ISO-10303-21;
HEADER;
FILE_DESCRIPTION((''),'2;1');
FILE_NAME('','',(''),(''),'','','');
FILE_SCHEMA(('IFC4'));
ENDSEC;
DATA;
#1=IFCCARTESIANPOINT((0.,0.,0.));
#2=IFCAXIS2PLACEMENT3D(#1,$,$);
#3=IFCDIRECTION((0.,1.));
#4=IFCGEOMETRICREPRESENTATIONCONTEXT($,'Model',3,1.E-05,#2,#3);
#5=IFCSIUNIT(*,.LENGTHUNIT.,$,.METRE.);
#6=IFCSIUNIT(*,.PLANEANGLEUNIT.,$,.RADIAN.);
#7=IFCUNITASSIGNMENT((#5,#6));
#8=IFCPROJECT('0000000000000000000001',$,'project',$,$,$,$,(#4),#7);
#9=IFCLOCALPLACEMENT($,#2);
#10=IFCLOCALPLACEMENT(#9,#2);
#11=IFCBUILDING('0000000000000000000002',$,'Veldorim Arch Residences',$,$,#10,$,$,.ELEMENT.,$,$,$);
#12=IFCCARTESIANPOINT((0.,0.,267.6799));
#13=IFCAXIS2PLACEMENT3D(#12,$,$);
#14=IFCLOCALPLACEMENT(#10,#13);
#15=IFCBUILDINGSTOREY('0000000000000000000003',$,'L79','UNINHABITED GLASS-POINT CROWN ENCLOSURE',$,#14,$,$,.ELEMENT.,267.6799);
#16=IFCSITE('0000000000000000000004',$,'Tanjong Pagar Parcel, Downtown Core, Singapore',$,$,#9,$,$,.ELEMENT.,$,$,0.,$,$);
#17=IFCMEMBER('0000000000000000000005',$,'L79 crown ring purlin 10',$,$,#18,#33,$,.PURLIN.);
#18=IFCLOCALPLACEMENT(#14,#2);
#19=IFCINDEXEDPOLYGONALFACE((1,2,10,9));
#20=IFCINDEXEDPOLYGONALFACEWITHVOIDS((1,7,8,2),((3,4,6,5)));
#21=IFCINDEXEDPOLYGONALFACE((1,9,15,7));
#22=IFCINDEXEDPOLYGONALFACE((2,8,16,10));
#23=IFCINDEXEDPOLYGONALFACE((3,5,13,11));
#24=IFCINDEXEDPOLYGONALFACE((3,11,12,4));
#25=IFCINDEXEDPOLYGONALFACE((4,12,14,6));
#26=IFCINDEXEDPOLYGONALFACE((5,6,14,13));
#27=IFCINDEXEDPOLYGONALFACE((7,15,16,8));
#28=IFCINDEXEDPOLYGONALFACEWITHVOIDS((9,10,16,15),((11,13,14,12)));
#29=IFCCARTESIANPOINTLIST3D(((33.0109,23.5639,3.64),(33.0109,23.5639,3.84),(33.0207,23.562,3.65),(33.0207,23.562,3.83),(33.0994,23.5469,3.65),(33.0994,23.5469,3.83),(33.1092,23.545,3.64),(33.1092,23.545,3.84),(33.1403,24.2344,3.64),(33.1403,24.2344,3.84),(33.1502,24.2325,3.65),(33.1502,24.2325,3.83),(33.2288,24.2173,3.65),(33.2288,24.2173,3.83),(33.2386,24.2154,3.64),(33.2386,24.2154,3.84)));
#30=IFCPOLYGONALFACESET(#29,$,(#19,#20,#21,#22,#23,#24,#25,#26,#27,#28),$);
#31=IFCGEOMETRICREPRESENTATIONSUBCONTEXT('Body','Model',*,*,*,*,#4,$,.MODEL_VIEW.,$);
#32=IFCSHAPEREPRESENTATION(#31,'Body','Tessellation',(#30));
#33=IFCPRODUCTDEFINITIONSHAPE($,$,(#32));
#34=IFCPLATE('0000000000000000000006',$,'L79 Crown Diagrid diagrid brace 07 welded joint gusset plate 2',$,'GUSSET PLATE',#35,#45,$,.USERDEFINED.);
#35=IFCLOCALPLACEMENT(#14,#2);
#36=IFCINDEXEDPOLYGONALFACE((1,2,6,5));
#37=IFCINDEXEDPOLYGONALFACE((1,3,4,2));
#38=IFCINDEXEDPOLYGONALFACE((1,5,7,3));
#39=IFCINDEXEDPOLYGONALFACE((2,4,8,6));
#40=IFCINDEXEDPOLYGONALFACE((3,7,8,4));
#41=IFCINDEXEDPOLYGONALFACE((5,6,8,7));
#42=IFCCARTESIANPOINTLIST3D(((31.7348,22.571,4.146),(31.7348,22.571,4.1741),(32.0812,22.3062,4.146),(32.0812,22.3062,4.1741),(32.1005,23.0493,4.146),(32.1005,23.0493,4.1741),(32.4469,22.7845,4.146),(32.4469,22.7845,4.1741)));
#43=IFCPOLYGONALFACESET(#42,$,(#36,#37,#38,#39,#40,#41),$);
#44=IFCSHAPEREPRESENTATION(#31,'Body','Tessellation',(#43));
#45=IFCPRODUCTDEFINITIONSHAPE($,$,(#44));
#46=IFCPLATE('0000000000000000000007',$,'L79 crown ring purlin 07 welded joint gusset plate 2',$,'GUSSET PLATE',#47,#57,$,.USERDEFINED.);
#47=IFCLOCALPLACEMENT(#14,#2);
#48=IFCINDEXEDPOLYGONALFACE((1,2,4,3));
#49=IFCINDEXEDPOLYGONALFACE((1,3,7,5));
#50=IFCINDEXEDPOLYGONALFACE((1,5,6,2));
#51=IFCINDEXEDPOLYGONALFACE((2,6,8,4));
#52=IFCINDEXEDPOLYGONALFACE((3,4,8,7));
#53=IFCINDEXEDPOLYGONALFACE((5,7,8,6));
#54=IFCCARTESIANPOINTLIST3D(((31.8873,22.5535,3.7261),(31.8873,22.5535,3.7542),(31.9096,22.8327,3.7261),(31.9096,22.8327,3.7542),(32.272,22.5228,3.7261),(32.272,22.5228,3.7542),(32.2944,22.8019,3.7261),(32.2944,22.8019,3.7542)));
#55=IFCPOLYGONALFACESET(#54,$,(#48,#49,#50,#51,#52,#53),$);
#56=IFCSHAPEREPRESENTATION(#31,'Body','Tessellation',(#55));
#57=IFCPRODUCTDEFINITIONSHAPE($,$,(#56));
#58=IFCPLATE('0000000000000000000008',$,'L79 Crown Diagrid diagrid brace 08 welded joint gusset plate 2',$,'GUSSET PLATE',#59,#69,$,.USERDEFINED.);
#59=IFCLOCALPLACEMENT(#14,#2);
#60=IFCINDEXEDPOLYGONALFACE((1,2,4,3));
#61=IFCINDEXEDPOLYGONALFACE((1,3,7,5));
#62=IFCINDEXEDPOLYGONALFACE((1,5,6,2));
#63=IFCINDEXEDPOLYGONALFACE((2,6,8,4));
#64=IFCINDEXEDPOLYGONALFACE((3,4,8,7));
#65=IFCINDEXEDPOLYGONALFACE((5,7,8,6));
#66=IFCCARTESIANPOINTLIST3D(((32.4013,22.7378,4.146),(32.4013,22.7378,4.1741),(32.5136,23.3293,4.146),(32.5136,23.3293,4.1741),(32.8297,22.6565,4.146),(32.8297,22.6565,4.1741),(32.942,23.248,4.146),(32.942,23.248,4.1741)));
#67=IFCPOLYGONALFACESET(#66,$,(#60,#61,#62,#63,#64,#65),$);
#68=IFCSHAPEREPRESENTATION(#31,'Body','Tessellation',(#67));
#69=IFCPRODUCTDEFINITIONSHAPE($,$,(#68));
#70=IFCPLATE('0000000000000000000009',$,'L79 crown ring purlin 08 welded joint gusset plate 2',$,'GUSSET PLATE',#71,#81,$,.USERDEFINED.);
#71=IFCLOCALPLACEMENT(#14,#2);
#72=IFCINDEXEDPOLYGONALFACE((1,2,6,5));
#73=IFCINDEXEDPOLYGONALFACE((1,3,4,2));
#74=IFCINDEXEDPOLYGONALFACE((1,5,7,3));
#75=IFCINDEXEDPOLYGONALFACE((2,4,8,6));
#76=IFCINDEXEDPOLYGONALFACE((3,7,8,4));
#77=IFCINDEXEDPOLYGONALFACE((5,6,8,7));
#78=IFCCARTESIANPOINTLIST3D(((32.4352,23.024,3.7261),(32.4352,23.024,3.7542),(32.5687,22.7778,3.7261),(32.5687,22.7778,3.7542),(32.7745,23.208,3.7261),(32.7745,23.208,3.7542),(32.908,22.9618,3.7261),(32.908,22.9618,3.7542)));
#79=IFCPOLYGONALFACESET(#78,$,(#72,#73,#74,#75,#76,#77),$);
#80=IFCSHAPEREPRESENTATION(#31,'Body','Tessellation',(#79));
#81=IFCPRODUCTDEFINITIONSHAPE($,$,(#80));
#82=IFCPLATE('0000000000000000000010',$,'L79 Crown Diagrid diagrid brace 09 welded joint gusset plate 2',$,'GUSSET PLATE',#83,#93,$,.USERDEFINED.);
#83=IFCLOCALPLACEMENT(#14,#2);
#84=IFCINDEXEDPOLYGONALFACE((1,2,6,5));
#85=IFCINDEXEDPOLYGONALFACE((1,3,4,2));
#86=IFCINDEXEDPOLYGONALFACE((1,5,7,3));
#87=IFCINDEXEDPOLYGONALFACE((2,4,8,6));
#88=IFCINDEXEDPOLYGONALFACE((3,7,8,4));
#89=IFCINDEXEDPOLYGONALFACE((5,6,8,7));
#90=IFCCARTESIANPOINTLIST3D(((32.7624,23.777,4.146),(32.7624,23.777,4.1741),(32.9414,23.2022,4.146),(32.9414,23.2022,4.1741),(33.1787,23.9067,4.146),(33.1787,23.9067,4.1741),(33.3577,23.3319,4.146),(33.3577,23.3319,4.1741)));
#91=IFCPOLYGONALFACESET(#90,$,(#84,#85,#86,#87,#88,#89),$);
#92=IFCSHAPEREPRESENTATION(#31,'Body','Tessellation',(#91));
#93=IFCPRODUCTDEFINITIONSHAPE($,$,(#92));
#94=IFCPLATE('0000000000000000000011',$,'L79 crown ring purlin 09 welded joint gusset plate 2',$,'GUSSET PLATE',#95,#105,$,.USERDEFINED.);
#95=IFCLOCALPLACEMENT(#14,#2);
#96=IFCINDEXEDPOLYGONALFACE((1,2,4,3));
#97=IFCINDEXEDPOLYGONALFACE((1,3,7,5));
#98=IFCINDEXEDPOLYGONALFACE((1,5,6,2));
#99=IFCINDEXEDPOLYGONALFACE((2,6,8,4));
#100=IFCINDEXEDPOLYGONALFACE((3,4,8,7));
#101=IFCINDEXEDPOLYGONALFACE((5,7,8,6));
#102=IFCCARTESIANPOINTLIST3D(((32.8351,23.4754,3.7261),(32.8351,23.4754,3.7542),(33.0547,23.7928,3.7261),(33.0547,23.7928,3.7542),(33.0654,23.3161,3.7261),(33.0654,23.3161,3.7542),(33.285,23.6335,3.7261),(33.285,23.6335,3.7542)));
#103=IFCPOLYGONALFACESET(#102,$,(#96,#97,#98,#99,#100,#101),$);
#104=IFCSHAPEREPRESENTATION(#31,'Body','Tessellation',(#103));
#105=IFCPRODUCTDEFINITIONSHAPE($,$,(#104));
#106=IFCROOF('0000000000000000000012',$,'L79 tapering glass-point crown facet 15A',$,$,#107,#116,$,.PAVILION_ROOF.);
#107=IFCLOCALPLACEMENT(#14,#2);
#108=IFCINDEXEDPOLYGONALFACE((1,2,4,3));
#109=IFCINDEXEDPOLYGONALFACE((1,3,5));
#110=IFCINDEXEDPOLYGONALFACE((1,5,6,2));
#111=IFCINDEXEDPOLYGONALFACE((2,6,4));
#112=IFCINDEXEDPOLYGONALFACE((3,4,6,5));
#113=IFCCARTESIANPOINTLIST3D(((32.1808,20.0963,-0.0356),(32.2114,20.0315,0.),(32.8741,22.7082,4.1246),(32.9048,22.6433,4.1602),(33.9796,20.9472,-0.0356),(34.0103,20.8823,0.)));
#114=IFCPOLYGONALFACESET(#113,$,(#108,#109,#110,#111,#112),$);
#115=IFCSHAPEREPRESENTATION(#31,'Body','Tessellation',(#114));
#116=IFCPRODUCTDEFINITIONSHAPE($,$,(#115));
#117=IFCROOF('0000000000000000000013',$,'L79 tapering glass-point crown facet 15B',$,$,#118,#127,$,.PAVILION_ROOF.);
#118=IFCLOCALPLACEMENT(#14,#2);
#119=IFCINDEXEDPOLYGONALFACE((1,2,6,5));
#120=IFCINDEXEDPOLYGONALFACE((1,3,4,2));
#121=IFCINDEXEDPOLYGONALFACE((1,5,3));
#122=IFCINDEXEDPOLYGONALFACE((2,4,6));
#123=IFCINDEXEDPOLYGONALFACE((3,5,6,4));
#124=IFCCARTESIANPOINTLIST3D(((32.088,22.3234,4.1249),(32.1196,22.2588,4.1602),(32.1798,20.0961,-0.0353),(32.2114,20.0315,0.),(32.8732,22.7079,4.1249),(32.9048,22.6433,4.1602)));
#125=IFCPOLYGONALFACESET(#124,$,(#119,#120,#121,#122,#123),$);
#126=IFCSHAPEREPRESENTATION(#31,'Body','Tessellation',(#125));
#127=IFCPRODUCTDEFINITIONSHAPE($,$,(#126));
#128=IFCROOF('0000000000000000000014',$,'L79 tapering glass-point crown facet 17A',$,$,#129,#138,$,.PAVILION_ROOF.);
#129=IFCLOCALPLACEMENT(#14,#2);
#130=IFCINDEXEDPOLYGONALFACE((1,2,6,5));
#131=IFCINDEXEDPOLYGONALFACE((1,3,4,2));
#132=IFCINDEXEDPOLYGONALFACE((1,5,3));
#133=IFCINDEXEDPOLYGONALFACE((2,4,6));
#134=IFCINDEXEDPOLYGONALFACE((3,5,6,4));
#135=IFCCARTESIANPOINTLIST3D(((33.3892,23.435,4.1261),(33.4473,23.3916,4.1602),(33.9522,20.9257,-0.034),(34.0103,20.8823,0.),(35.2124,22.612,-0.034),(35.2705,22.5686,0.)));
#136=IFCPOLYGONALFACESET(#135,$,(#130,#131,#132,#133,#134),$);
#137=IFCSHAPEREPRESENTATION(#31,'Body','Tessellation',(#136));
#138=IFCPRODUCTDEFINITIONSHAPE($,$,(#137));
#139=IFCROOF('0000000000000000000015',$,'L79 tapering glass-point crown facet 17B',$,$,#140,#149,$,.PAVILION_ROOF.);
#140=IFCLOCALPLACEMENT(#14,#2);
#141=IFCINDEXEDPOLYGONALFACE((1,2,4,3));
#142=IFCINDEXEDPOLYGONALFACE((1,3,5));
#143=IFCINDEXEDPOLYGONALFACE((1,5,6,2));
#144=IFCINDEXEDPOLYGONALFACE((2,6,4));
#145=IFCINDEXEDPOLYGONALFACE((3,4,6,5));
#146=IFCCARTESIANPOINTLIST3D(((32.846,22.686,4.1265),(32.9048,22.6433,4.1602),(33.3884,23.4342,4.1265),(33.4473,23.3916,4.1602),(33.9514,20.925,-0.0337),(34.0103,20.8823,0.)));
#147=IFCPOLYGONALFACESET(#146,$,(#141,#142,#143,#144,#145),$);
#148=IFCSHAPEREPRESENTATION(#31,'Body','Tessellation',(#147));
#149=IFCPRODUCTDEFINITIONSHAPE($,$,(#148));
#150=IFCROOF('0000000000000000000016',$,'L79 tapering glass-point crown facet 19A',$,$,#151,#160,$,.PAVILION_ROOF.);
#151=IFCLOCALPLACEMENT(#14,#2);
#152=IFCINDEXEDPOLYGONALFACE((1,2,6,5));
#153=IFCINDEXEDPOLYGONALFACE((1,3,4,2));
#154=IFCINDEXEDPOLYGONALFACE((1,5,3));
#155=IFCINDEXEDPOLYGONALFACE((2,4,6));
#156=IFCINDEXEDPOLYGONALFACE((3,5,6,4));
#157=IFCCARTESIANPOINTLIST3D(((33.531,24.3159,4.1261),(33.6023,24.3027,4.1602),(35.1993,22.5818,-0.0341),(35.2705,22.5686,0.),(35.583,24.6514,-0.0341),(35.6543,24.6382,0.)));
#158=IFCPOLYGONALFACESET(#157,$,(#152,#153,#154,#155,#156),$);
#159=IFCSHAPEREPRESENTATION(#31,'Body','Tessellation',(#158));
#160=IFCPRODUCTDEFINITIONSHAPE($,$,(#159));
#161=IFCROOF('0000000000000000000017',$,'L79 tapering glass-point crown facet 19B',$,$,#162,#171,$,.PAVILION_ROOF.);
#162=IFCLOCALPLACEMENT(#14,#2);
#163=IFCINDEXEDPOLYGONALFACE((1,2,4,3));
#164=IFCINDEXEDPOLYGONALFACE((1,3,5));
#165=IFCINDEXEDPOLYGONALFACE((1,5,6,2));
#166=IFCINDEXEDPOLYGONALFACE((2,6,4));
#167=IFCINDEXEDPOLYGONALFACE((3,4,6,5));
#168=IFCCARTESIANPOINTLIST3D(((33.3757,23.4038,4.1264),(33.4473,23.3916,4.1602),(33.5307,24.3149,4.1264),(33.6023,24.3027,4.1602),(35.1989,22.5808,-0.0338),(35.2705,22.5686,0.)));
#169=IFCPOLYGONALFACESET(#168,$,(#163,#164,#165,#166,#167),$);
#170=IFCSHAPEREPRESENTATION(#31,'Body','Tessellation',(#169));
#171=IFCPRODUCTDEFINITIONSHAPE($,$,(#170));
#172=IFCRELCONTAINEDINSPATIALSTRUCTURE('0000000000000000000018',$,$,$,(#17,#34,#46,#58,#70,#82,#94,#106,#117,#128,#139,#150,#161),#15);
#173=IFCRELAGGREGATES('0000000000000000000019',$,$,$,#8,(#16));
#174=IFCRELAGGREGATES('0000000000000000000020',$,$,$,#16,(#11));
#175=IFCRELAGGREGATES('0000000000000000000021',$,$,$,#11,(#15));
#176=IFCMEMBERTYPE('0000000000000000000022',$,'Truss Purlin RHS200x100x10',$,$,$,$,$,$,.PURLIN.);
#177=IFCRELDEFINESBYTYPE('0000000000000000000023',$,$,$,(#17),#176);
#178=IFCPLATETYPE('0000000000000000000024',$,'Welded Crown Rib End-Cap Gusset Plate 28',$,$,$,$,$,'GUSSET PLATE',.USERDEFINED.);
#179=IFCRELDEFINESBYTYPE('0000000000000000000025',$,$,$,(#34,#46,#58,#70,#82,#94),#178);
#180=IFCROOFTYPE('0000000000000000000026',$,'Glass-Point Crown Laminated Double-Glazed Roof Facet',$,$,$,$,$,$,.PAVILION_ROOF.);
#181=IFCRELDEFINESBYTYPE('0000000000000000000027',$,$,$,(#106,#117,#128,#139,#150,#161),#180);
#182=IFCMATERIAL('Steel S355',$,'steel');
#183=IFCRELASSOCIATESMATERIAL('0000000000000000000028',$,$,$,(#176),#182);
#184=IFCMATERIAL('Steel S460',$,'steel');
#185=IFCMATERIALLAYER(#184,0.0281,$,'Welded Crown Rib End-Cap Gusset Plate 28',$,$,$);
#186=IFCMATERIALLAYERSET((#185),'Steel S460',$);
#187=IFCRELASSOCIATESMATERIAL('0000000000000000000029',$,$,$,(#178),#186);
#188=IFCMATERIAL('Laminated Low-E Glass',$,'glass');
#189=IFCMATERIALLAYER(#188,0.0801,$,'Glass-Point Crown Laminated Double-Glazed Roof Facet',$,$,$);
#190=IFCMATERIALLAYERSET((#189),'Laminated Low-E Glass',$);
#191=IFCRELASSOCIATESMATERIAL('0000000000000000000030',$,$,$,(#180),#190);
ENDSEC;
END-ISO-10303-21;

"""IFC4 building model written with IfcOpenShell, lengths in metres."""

from ifc_helpers import new_model, si_unit, direction, frame, origin, origin_2d, place, context, subcontext, project, spatial, polyline, rectangle, hollow_rectangle, outline, extrude, material, layer, layer_set, material_profile, profile_set, type_object, element, save


model = new_model("IFC4")

# Units and contexts
model_context = context("Model", 3, precision=1e-05, world=origin(), true_north=direction((0.0, 1.0)))
body_context = subcontext(model_context, "Body", "Model", "MODEL_VIEW")
ifc_project = project(units=[si_unit("LENGTHUNIT", "METRE"), si_unit("PLANEANGLEUNIT", "RADIAN")], contexts=[model_context])

# Site, building, storey
site_placement = place(None, origin())
site = spatial("IfcSite", under=ifc_project, at=site_placement, Name="Tanjong Pagar Parcel, Downtown Core, Singapore", CompositionType="ELEMENT", RefElevation=0.0)
building_placement = place(site_placement, origin())
building = spatial("IfcBuilding", under=site, at=building_placement, Name="Veldorim Arch Residences", CompositionType="ELEMENT")
storey_placement = place(building_placement, frame((0.0, 0.0, 267.6799)))
storey = spatial("IfcBuildingStorey", under=building, at=storey_placement, Name="L79", Description="UNINHABITED GLASS-POINT CROWN ENCLOSURE", CompositionType="ELEMENT", Elevation=267.6799)

# Member
ifc_material_1 = material(Name="Steel S355", Category="steel")
ifc_material_profile_1 = material_profile(ifc_material_1, hollow_rectangle(XDim=0.1001, YDim=0.2, WallThickness=0.01, at=origin_2d()), Name="RHS200x100x10")
ifc_profile_set_1 = profile_set([ifc_material_profile_1], Name="Steel S355")
member_type_1 = type_object("IfcMemberType", Name="Truss Purlin RHS200x100x10", PredefinedType="PURLIN", material=ifc_profile_set_1)
for number, where, z_axis, x_axis, name in (
    (1, (33.0601, 23.5544, 3.74), (0.18951, 0.981879, 0.0), (-0.981879, 0.18951, 0.0), "L79 crown ring purlin 10"),
):
    element("IfcMember", number, at=place(storey_placement, frame(where, z_axis=z_axis, x_axis=x_axis)), inside=storey, type_object=member_type_1, Name=name, PredefinedType="PURLIN", context=body_context, shape_type="SweptSolid", body=[
        extrude(hollow_rectangle(XDim=0.1001, YDim=0.2, WallThickness=0.01, at=origin_2d()), origin(), (0.0, 0.0, 1.0), 0.6829),
    ])

# Plates
ifc_material_2 = material(Name="Steel S460", Category="steel")
ifc_layer_1 = layer(ifc_material_2, 0.0281, Name="Welded Crown Rib End-Cap Gusset Plate 28")
ifc_layer_set_1 = layer_set([ifc_layer_1], Name="Steel S460")
plate_type = type_object("IfcPlateType", Name="Welded Crown Rib End-Cap Gusset Plate 28", ElementType="GUSSET PLATE", PredefinedType="USERDEFINED", material=ifc_layer_set_1)
plate_1_placement = place(storey_placement, frame((32.0908, 22.6777, 4.146), z_axis=(0.0, 0.0, 1.0), x_axis=(0.607376, 0.794415, 0.0)))
element("IfcPlate", 2, at=plate_1_placement, inside=storey, type_object=plate_type, Name="L79 Crown Diagrid diagrid brace 07 welded joint gusset plate 2", ObjectType="GUSSET PLATE", PredefinedType="USERDEFINED", context=body_context, shape_type="SweptSolid", body=[
    extrude(rectangle(XDim=0.6021, YDim=0.436, at=origin_2d()), origin(), (0.0, 0.0, 1.0), 0.0281),
])
plate_2_placement = place(storey_placement, frame((32.0908, 22.6777, 3.7261), z_axis=(0.0, 0.0, 1.0), x_axis=(0.996821, -0.079677, 0.0)))
element("IfcPlate", 3, at=plate_2_placement, inside=storey, type_object=plate_type, Name="L79 crown ring purlin 07 welded joint gusset plate 2", ObjectType="GUSSET PLATE", PredefinedType="USERDEFINED", context=body_context, shape_type="SweptSolid", body=[
    extrude(rectangle(XDim=0.386, YDim=0.28, at=origin_2d()), origin(), (0.0, 0.0, 1.0), 0.0281),
])
plate_3_placement = place(storey_placement, frame((32.6716, 22.9929, 4.146), z_axis=(0.0, 0.0, 1.0), x_axis=(0.186524, 0.98245, 0.0)))
element("IfcPlate", 4, at=plate_3_placement, inside=storey, type_object=plate_type, Name="L79 Crown Diagrid diagrid brace 08 welded joint gusset plate 2", ObjectType="GUSSET PLATE", PredefinedType="USERDEFINED", context=body_context, shape_type="SweptSolid", body=[
    extrude(rectangle(XDim=0.6021, YDim=0.436, at=origin_2d()), origin(), (0.0, 0.0, 1.0), 0.0281),
])
plate_4_placement = place(storey_placement, frame((32.6716, 22.9929, 3.7261), z_axis=(0.0, 0.0, 1.0), x_axis=(0.879075, 0.476683, 0.0)))
element("IfcPlate", 5, at=plate_4_placement, inside=storey, type_object=plate_type, Name="L79 crown ring purlin 08 welded joint gusset plate 2", ObjectType="GUSSET PLATE", PredefinedType="USERDEFINED", context=body_context, shape_type="SweptSolid", body=[
    extrude(rectangle(XDim=0.386, YDim=0.28, at=origin_2d()), origin(), (0.0, 0.0, 1.0), 0.0281),
])
plate_5_placement = place(storey_placement, frame((33.0601, 23.5544, 4.146), z_axis=(0.0, 0.0, 1.0), x_axis=(-0.297442, 0.95474, 0.0)))
element("IfcPlate", 6, at=plate_5_placement, inside=storey, type_object=plate_type, Name="L79 Crown Diagrid diagrid brace 09 welded joint gusset plate 2", ObjectType="GUSSET PLATE", PredefinedType="USERDEFINED", context=body_context, shape_type="SweptSolid", body=[
    extrude(rectangle(XDim=0.6021, YDim=0.436, at=origin_2d()), origin(), (0.0, 0.0, 1.0), 0.0281),
])
plate_6_placement = place(storey_placement, frame((33.0601, 23.5544, 3.7261), z_axis=(0.0, 0.0, 1.0), x_axis=(0.56882, 0.822462, 0.0)))
element("IfcPlate", 7, at=plate_6_placement, inside=storey, type_object=plate_type, Name="L79 crown ring purlin 09 welded joint gusset plate 2", ObjectType="GUSSET PLATE", PredefinedType="USERDEFINED", context=body_context, shape_type="SweptSolid", body=[
    extrude(rectangle(XDim=0.386, YDim=0.28, at=origin_2d()), origin(), (0.0, 0.0, 1.0), 0.0281),
])

# Roofs
ifc_material_3 = material(Name="Laminated Low-E Glass", Category="glass")
ifc_layer_2 = layer(ifc_material_3, 0.0801, Name="Glass-Point Crown Laminated Double-Glazed Roof Facet")
ifc_layer_set_2 = layer_set([ifc_layer_2], Name="Laminated Low-E Glass")
roof_type = type_object("IfcRoofType", Name="Glass-Point Crown Laminated Double-Glazed Roof Facet", PredefinedType="PAVILION_ROOF", material=ifc_layer_set_2)
roof_1_placement = place(storey_placement, frame((32.2114, 20.0315, 0.0), z_axis=(0.383004, -0.809748, 0.44454), x_axis=(0.90398, 0.427575, 0.0)))
element("IfcRoof", 8, at=roof_1_placement, inside=storey, type_object=roof_type, Name="L79 tapering glass-point crown facet 15A", PredefinedType="PAVILION_ROOF", context=body_context, shape_type="SweptSolid", body=[
    extrude(outline(polyline([(0.0, 0.0), (1.9899, 0.0), (1.7435, 4.6443), (0.0, 0.0)])), origin(), (0.0, 0.0, -1.0), 0.0801),
])
roof_2_placement = place(storey_placement, frame((32.2114, 20.0315, 0.0), z_axis=(0.394877, -0.806302, 0.440397), x_axis=(0.139769, 0.526494, 0.838611)))
element("IfcRoof", 9, at=roof_2_placement, inside=storey, type_object=roof_type, Name="L79 tapering glass-point crown facet 15B", PredefinedType="PAVILION_ROOF", context=body_context, shape_type="SweptSolid", body=[
    extrude(outline(polyline([(0.0, 0.0), (4.9608, 0.0), (4.6486, 0.8166), (0.0, 0.0)])), origin(), (0.0, 0.0, -1.0), 0.0801),
])
roof_3_placement = place(storey_placement, frame((34.0103, 20.8823, 0.0), z_axis=(0.725081, -0.541895, 0.424979), x_axis=(0.598645, 0.801015, 0.0)))
element("IfcRoof", 10, at=roof_3_placement, inside=storey, type_object=roof_type, Name="L79 tapering glass-point crown facet 17A", PredefinedType="PAVILION_ROOF", context=body_context, shape_type="SweptSolid", body=[
    extrude(outline(polyline([(0.0, 0.0), (2.1052, 0.0), (1.6729, 4.5958), (0.0, 0.0)])), origin(), (0.0, 0.0, -1.0), 0.0801),
])
roof_4_placement = place(storey_placement, frame((34.0103, 20.8823, 0.0), z_axis=(0.734532, -0.532506, 0.420594), x_axis=(-0.115111, 0.513056, 0.850601)))
element("IfcRoof", 11, at=roof_4_placement, inside=storey, type_object=roof_type, Name="L79 tapering glass-point crown facet 17B", PredefinedType="PAVILION_ROOF", context=body_context, shape_type="SweptSolid", body=[
    extrude(outline(polyline([(0.0, 0.0), (4.8908, 0.0), (4.5694, 0.8665), (0.0, 0.0)])), origin(), (0.0, 0.0, -1.0), 0.0801),
])
roof_5_placement = place(storey_placement, frame((35.2705, 22.5686, 0.0), z_axis=(0.889756, -0.164999, 0.425569), x_axis=(0.182334, 0.983237, 0.0)))
element("IfcRoof", 12, at=roof_5_placement, inside=storey, type_object=roof_type, Name="L79 tapering glass-point crown facet 19A", PredefinedType="PAVILION_ROOF", context=body_context, shape_type="SweptSolid", body=[
    extrude(outline(polyline([(0.0, 0.0), (2.1049, 0.0), (1.4009, 4.5972), (0.0, 0.0)])), origin(), (0.0, 0.0, -1.0), 0.0801),
])
roof_6_placement = place(storey_placement, frame((35.2705, 22.5686, 0.0), z_axis=(0.893833, -0.152086, 0.421821), x_axis=(-0.347115, 0.360831, 0.865628)))
element("IfcRoof", 13, at=roof_6_placement, inside=storey, type_object=roof_type, Name="L79 tapering glass-point crown facet 19B", PredefinedType="PAVILION_ROOF", context=body_context, shape_type="SweptSolid", body=[
    extrude(outline(polyline([(0.0, 0.0), (4.8059, 0.0), (4.531, 0.8824), (0.0, 0.0)])), origin(), (0.0, 0.0, -1.0), 0.0801),
])

save(model, "model.ifc")
